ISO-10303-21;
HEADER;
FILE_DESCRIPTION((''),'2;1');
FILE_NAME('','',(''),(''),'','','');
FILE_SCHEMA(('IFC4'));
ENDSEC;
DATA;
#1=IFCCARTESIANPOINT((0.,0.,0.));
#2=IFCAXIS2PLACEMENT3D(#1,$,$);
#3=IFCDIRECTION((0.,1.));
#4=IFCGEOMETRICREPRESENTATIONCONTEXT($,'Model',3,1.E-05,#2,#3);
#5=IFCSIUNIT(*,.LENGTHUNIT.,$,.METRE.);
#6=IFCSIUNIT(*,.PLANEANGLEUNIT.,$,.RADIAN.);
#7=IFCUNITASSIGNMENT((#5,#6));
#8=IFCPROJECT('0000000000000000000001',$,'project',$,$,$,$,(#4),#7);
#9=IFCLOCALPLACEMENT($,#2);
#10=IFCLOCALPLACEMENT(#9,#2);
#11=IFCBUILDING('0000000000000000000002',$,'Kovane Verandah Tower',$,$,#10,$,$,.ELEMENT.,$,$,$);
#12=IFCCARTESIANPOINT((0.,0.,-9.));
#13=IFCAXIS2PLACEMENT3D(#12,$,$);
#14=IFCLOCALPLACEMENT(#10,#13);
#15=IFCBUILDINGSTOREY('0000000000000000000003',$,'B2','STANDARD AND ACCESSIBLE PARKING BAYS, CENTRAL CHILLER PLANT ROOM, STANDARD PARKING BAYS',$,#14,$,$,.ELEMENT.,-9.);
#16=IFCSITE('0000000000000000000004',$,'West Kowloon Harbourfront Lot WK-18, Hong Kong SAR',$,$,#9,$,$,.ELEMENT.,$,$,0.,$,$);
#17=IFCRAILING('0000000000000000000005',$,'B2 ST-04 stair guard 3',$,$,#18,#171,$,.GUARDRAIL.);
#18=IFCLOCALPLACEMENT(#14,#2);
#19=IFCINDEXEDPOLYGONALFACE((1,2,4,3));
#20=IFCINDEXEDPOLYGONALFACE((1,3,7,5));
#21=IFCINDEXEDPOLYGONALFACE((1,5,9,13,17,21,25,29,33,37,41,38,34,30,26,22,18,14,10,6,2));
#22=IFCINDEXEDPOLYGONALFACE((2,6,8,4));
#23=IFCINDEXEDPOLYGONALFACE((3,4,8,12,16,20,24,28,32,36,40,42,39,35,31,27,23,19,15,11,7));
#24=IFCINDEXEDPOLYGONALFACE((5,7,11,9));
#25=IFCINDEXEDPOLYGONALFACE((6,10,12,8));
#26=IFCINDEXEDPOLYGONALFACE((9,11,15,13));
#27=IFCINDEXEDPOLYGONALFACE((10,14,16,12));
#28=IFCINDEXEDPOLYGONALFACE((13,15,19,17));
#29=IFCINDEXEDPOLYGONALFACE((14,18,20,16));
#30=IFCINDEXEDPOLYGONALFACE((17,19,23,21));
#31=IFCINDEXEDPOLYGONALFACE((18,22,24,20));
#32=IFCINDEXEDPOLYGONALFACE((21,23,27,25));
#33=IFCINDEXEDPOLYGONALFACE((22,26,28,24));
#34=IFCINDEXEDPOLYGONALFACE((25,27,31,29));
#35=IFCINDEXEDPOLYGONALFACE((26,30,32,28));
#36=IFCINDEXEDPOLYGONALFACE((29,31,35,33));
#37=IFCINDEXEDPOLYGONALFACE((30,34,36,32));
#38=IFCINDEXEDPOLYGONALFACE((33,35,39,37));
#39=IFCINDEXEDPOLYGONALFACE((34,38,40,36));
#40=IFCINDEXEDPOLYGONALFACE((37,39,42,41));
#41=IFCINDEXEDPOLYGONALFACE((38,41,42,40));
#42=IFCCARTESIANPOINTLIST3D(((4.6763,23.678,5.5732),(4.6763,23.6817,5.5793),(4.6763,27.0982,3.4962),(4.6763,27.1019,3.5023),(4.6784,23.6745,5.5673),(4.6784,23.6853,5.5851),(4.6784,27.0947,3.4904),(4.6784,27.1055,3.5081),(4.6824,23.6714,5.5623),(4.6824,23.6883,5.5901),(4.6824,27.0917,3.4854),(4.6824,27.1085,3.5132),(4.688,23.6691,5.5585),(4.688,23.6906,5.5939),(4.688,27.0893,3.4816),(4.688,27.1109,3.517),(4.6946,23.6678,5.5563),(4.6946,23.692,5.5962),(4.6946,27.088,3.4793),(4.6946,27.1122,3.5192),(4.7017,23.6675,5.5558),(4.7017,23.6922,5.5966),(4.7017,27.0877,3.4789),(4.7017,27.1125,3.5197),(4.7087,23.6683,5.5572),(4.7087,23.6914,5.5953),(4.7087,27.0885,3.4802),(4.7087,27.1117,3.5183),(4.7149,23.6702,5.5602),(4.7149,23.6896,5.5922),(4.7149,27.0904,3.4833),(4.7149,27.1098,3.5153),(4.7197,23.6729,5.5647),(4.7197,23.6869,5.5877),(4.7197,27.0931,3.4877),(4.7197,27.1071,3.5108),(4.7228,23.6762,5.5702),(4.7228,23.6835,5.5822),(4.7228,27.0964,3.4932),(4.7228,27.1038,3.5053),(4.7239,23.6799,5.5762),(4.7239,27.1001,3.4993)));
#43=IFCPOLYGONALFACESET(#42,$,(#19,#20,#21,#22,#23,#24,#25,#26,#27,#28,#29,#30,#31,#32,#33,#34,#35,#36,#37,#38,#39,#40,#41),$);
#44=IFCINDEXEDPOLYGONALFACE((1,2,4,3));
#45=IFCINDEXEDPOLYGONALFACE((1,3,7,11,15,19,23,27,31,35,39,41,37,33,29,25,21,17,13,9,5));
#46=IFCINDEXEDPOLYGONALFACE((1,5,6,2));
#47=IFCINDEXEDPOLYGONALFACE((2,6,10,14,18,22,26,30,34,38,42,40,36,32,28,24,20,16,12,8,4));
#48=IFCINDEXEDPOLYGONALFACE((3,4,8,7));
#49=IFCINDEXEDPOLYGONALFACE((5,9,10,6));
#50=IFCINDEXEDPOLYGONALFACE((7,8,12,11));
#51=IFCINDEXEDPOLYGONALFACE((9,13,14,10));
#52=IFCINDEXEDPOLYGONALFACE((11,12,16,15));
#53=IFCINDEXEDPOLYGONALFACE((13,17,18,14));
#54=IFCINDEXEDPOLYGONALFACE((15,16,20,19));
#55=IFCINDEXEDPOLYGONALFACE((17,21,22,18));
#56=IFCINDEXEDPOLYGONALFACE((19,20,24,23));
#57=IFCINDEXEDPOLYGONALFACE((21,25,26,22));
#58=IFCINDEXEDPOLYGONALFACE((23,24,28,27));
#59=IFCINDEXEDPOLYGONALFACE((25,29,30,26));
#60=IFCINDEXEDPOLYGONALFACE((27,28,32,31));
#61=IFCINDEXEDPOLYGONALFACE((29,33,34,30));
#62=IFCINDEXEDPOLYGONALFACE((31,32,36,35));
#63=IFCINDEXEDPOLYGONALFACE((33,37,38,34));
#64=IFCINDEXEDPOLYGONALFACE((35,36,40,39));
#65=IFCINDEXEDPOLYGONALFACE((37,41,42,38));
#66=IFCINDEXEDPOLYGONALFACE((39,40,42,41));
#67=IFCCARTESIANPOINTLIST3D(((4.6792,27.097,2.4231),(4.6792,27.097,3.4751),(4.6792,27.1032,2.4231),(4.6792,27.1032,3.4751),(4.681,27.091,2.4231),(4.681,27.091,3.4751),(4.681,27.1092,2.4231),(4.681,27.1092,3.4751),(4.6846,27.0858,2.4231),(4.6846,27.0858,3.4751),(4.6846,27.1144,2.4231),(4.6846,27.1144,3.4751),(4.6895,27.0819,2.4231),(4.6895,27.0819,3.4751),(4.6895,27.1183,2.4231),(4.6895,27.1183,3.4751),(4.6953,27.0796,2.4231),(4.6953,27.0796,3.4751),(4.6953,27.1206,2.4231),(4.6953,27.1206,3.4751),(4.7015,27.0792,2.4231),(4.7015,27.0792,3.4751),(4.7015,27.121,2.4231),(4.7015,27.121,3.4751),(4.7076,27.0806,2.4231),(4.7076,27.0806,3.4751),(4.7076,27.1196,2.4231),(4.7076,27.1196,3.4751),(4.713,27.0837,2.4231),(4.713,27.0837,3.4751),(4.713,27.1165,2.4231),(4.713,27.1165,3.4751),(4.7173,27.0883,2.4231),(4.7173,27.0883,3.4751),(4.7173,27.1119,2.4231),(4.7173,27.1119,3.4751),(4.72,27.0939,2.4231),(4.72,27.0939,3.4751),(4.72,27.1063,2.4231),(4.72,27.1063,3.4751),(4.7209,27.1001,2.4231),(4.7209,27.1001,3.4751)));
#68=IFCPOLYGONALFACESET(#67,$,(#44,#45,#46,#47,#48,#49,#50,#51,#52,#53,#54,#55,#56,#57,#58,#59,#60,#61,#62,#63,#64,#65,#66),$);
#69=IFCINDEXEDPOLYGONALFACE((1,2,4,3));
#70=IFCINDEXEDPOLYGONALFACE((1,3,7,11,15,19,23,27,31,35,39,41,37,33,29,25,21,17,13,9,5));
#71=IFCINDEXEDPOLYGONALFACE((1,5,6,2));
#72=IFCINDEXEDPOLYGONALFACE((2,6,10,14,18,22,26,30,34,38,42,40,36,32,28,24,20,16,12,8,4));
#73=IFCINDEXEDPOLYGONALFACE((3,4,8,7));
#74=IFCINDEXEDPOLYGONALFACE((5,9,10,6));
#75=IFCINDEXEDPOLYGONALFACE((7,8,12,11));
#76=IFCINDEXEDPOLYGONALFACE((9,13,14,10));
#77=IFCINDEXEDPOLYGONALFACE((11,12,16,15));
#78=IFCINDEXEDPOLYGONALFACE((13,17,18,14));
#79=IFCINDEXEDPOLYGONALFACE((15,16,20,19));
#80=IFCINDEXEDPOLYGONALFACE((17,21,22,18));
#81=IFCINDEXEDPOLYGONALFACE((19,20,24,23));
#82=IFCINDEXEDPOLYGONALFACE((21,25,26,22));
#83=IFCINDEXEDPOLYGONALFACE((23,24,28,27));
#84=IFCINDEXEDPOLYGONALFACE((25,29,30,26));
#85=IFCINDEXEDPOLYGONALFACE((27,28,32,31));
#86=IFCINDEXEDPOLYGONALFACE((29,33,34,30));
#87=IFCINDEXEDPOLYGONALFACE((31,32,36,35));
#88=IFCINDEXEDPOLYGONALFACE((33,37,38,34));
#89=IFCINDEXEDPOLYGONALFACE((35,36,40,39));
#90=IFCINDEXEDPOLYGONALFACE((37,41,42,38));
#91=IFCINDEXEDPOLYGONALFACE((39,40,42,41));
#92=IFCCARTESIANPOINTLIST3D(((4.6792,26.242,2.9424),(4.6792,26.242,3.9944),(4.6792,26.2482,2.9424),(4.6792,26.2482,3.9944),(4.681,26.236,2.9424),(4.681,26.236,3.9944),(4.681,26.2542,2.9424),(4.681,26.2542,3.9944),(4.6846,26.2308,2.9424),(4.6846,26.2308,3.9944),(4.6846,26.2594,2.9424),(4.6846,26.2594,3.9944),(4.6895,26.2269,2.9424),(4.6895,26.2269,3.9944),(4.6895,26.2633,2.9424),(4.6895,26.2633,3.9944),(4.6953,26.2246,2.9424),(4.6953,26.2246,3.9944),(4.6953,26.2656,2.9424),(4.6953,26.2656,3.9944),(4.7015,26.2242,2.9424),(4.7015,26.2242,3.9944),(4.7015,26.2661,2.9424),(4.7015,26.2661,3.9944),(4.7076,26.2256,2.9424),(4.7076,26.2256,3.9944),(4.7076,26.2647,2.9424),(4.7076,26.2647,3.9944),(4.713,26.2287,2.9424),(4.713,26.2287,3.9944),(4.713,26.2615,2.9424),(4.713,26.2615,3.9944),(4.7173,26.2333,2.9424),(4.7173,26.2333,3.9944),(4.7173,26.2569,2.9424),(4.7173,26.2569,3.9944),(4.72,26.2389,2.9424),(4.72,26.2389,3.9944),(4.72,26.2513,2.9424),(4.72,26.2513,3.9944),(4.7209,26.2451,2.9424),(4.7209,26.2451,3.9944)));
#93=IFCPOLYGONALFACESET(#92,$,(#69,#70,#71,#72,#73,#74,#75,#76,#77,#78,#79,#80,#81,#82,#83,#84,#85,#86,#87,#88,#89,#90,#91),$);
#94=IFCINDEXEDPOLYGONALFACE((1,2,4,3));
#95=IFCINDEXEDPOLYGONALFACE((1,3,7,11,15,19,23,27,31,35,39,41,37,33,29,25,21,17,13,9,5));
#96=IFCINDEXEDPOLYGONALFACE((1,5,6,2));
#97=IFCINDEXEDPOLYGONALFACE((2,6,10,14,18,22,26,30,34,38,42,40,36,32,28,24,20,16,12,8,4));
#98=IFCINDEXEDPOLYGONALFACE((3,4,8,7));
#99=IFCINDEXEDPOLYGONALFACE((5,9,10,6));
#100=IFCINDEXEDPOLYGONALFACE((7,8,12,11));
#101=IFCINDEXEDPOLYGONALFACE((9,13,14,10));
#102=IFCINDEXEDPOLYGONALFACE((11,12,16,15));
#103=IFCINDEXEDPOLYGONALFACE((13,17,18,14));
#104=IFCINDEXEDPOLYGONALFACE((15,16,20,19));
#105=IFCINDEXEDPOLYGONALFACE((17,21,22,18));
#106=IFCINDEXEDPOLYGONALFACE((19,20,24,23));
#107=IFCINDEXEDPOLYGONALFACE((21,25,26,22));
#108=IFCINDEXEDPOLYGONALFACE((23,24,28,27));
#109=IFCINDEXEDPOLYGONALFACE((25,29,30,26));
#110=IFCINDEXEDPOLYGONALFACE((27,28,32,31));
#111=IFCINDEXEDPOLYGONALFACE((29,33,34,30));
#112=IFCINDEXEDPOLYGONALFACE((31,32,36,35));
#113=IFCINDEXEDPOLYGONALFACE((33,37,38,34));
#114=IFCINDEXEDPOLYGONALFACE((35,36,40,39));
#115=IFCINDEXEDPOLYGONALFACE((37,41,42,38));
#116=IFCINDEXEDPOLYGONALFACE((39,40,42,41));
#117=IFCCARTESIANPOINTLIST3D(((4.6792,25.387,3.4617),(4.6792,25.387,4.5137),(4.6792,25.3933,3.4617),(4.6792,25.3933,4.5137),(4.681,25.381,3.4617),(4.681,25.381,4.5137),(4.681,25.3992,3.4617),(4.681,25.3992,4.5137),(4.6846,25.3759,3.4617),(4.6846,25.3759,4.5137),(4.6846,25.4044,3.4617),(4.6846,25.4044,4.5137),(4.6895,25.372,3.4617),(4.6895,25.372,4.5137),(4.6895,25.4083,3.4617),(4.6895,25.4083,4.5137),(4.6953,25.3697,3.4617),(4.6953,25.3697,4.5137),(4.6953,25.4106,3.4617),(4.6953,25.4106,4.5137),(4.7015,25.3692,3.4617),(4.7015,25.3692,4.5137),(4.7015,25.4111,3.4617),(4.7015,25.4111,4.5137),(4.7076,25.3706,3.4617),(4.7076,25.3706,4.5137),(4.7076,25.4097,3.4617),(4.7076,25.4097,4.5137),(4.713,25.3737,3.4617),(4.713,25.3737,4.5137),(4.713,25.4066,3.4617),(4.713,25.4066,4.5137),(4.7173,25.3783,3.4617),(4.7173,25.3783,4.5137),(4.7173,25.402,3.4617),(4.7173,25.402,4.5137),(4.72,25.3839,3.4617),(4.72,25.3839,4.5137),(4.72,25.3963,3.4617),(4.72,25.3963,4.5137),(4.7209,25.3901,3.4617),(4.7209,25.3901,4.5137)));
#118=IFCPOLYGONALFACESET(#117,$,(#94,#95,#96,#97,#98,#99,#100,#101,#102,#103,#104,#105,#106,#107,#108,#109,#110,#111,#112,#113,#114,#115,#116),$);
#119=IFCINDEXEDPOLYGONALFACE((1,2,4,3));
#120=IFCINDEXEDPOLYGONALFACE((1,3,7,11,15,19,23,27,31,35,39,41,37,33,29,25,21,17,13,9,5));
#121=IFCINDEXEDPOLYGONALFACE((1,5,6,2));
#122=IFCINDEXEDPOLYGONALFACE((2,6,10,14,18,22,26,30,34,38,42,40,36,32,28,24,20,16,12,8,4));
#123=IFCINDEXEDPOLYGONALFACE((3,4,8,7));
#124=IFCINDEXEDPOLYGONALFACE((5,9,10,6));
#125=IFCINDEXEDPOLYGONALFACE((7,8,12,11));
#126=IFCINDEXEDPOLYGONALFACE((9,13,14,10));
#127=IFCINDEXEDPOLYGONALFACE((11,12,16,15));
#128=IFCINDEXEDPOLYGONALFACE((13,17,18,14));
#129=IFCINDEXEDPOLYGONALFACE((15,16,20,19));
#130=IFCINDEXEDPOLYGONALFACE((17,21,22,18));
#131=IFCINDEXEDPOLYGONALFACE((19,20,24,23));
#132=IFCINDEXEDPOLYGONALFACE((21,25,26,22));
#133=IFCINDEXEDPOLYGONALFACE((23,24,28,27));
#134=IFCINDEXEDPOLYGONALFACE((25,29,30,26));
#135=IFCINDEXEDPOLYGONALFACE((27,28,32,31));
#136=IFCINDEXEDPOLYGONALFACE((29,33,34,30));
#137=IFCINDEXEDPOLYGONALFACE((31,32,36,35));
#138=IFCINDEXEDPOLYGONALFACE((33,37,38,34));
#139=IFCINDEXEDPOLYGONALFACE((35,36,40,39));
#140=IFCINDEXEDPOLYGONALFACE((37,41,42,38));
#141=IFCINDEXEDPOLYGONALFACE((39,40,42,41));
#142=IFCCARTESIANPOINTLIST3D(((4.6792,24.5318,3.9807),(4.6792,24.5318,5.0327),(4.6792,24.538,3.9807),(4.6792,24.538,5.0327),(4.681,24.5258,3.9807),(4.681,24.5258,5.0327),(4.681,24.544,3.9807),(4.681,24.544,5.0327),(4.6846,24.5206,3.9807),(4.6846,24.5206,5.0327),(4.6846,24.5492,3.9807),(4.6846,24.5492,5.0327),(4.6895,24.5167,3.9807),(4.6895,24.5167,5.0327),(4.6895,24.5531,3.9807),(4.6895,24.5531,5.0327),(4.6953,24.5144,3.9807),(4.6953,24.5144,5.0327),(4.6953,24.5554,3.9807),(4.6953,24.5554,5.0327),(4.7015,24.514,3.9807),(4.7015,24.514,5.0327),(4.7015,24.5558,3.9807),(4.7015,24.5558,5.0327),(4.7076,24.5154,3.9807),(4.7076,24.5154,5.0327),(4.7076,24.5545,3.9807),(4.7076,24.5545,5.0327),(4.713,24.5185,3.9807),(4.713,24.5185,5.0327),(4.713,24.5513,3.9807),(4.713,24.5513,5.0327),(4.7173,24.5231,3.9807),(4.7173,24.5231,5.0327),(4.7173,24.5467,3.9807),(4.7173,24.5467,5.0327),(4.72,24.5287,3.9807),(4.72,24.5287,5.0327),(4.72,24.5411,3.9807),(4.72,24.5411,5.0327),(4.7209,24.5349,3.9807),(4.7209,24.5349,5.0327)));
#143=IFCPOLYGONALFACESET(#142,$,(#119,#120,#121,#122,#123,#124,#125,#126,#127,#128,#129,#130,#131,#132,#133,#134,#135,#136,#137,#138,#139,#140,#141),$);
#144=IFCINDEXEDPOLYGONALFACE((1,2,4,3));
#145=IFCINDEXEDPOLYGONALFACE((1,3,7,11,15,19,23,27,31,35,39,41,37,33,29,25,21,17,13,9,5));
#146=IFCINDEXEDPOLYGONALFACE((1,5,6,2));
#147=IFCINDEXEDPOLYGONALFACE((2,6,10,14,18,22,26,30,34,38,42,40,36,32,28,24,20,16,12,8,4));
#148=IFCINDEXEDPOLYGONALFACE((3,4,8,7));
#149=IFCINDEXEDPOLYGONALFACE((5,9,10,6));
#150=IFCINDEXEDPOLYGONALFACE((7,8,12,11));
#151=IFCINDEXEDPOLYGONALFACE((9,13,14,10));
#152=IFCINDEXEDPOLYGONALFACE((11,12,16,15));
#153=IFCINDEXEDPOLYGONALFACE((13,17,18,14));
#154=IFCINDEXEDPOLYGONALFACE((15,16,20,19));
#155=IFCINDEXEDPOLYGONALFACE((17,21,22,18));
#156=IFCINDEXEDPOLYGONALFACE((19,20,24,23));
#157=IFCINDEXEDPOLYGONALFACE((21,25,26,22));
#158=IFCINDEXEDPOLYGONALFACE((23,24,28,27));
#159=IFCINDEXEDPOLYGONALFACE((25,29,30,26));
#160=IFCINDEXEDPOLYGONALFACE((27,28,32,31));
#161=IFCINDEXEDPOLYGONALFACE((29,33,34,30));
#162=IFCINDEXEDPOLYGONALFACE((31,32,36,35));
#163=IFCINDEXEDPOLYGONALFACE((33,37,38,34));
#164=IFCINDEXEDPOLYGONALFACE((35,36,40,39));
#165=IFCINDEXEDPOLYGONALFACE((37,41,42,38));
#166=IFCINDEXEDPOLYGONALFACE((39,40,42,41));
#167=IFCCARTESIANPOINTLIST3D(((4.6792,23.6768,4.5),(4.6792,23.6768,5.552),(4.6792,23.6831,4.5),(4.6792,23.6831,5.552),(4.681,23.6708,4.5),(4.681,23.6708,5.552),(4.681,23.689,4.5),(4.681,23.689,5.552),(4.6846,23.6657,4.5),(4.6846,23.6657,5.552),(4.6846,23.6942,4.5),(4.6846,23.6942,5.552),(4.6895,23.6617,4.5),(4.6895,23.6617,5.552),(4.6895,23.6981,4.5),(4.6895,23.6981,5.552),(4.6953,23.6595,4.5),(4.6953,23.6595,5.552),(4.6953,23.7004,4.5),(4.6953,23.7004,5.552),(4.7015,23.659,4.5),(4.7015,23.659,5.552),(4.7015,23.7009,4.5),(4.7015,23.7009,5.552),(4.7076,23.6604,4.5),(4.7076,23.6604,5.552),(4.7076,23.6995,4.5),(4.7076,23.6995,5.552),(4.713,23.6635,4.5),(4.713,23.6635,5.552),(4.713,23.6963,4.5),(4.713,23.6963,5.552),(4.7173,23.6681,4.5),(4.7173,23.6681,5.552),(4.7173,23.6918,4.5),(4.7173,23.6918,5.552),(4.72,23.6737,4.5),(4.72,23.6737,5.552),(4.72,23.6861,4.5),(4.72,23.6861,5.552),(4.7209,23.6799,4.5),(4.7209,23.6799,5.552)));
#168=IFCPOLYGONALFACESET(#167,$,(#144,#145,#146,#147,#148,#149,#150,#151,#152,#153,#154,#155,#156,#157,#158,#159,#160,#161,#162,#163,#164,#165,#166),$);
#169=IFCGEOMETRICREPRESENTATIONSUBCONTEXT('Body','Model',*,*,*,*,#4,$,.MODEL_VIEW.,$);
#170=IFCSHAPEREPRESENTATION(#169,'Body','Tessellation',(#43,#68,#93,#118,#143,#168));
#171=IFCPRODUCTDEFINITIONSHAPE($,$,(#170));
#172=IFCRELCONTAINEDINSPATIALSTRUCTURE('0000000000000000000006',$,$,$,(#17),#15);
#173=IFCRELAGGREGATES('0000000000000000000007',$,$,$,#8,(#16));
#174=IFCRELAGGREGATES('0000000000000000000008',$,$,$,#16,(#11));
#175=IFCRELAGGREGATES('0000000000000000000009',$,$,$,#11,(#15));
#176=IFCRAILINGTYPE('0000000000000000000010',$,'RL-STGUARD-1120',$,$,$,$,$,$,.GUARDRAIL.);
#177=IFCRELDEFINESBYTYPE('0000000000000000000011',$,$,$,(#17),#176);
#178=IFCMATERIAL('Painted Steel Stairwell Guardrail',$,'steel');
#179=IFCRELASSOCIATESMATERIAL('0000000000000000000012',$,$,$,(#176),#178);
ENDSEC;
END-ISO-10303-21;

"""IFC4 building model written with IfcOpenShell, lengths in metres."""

from ifc_helpers import new_model, si_unit, direction, frame, origin, origin_2d, place, context, subcontext, project, spatial, circle, extrude, material, type_object, element, save


model = new_model("IFC4")

# Units and contexts
model_context = context("Model", 3, precision=1e-05, world=origin(), true_north=direction((0.0, 1.0)))
body_context = subcontext(model_context, "Body", "Model", "MODEL_VIEW")
ifc_project = project(units=[si_unit("LENGTHUNIT", "METRE"), si_unit("PLANEANGLEUNIT", "RADIAN")], contexts=[model_context])

# Site, building, storey
site_placement = place(None, origin())
site = spatial("IfcSite", under=ifc_project, at=site_placement, Name="West Kowloon Harbourfront Lot WK-18, Hong Kong SAR", CompositionType="ELEMENT", RefElevation=0.0)
building_placement = place(site_placement, origin())
building = spatial("IfcBuilding", under=site, at=building_placement, Name="Kovane Verandah Tower", CompositionType="ELEMENT")
storey_placement = place(building_placement, frame((0.0, 0.0, -9.0)))
storey = spatial("IfcBuildingStorey", under=building, at=storey_placement, Name="B2", Description="STANDARD AND ACCESSIBLE PARKING BAYS, CENTRAL CHILLER PLANT ROOM, STANDARD PARKING BAYS", CompositionType="ELEMENT", Elevation=-9.0)

# Railing
ifc_material_1 = material(Name="Painted Steel Stairwell Guardrail", Category="steel")
railing_type_1 = type_object("IfcRailingType", Name="RL-STGUARD-1120", PredefinedType="GUARDRAIL", material=ifc_material_1)
railing_1_placement = place(storey_placement, frame((4.7, 27.1001, 2.4231)))
element("IfcRailing", 1, at=railing_1_placement, inside=storey, type_object=railing_type_1, Name="B2 ST-04 stair guard 3", PredefinedType="GUARDRAIL", context=body_context, shape_type="SweptSolid", body=[
    extrude(circle(Radius=0.0239, at=origin_2d()), frame((0.0, 0.0, 1.0762), z_axis=(0.0, -0.854746, 0.519047), x_axis=(1.0, 0.0, 0.0)), (0.0, 0.0, 1.0), 4.0015),
    extrude(circle(Radius=0.021, at=origin_2d()), origin(), (0.0, 0.0, 1.0), 1.052),
    extrude(circle(Radius=0.021, at=origin_2d()), frame((0.0, -0.855, 0.5193)), (0.0, 0.0, 1.0), 1.052),
    extrude(circle(Radius=0.021, at=origin_2d()), frame((0.0, -1.71, 1.0386)), (0.0, 0.0, 1.0), 1.052),
    extrude(circle(Radius=0.021, at=origin_2d()), frame((0.0, -2.5652, 1.5576)), (0.0, 0.0, 1.0), 1.052),
    extrude(circle(Radius=0.021, at=origin_2d()), frame((0.0, -3.4202, 2.0769)), (0.0, 0.0, 1.0), 1.052),
])

save(model, "model.ifc")
